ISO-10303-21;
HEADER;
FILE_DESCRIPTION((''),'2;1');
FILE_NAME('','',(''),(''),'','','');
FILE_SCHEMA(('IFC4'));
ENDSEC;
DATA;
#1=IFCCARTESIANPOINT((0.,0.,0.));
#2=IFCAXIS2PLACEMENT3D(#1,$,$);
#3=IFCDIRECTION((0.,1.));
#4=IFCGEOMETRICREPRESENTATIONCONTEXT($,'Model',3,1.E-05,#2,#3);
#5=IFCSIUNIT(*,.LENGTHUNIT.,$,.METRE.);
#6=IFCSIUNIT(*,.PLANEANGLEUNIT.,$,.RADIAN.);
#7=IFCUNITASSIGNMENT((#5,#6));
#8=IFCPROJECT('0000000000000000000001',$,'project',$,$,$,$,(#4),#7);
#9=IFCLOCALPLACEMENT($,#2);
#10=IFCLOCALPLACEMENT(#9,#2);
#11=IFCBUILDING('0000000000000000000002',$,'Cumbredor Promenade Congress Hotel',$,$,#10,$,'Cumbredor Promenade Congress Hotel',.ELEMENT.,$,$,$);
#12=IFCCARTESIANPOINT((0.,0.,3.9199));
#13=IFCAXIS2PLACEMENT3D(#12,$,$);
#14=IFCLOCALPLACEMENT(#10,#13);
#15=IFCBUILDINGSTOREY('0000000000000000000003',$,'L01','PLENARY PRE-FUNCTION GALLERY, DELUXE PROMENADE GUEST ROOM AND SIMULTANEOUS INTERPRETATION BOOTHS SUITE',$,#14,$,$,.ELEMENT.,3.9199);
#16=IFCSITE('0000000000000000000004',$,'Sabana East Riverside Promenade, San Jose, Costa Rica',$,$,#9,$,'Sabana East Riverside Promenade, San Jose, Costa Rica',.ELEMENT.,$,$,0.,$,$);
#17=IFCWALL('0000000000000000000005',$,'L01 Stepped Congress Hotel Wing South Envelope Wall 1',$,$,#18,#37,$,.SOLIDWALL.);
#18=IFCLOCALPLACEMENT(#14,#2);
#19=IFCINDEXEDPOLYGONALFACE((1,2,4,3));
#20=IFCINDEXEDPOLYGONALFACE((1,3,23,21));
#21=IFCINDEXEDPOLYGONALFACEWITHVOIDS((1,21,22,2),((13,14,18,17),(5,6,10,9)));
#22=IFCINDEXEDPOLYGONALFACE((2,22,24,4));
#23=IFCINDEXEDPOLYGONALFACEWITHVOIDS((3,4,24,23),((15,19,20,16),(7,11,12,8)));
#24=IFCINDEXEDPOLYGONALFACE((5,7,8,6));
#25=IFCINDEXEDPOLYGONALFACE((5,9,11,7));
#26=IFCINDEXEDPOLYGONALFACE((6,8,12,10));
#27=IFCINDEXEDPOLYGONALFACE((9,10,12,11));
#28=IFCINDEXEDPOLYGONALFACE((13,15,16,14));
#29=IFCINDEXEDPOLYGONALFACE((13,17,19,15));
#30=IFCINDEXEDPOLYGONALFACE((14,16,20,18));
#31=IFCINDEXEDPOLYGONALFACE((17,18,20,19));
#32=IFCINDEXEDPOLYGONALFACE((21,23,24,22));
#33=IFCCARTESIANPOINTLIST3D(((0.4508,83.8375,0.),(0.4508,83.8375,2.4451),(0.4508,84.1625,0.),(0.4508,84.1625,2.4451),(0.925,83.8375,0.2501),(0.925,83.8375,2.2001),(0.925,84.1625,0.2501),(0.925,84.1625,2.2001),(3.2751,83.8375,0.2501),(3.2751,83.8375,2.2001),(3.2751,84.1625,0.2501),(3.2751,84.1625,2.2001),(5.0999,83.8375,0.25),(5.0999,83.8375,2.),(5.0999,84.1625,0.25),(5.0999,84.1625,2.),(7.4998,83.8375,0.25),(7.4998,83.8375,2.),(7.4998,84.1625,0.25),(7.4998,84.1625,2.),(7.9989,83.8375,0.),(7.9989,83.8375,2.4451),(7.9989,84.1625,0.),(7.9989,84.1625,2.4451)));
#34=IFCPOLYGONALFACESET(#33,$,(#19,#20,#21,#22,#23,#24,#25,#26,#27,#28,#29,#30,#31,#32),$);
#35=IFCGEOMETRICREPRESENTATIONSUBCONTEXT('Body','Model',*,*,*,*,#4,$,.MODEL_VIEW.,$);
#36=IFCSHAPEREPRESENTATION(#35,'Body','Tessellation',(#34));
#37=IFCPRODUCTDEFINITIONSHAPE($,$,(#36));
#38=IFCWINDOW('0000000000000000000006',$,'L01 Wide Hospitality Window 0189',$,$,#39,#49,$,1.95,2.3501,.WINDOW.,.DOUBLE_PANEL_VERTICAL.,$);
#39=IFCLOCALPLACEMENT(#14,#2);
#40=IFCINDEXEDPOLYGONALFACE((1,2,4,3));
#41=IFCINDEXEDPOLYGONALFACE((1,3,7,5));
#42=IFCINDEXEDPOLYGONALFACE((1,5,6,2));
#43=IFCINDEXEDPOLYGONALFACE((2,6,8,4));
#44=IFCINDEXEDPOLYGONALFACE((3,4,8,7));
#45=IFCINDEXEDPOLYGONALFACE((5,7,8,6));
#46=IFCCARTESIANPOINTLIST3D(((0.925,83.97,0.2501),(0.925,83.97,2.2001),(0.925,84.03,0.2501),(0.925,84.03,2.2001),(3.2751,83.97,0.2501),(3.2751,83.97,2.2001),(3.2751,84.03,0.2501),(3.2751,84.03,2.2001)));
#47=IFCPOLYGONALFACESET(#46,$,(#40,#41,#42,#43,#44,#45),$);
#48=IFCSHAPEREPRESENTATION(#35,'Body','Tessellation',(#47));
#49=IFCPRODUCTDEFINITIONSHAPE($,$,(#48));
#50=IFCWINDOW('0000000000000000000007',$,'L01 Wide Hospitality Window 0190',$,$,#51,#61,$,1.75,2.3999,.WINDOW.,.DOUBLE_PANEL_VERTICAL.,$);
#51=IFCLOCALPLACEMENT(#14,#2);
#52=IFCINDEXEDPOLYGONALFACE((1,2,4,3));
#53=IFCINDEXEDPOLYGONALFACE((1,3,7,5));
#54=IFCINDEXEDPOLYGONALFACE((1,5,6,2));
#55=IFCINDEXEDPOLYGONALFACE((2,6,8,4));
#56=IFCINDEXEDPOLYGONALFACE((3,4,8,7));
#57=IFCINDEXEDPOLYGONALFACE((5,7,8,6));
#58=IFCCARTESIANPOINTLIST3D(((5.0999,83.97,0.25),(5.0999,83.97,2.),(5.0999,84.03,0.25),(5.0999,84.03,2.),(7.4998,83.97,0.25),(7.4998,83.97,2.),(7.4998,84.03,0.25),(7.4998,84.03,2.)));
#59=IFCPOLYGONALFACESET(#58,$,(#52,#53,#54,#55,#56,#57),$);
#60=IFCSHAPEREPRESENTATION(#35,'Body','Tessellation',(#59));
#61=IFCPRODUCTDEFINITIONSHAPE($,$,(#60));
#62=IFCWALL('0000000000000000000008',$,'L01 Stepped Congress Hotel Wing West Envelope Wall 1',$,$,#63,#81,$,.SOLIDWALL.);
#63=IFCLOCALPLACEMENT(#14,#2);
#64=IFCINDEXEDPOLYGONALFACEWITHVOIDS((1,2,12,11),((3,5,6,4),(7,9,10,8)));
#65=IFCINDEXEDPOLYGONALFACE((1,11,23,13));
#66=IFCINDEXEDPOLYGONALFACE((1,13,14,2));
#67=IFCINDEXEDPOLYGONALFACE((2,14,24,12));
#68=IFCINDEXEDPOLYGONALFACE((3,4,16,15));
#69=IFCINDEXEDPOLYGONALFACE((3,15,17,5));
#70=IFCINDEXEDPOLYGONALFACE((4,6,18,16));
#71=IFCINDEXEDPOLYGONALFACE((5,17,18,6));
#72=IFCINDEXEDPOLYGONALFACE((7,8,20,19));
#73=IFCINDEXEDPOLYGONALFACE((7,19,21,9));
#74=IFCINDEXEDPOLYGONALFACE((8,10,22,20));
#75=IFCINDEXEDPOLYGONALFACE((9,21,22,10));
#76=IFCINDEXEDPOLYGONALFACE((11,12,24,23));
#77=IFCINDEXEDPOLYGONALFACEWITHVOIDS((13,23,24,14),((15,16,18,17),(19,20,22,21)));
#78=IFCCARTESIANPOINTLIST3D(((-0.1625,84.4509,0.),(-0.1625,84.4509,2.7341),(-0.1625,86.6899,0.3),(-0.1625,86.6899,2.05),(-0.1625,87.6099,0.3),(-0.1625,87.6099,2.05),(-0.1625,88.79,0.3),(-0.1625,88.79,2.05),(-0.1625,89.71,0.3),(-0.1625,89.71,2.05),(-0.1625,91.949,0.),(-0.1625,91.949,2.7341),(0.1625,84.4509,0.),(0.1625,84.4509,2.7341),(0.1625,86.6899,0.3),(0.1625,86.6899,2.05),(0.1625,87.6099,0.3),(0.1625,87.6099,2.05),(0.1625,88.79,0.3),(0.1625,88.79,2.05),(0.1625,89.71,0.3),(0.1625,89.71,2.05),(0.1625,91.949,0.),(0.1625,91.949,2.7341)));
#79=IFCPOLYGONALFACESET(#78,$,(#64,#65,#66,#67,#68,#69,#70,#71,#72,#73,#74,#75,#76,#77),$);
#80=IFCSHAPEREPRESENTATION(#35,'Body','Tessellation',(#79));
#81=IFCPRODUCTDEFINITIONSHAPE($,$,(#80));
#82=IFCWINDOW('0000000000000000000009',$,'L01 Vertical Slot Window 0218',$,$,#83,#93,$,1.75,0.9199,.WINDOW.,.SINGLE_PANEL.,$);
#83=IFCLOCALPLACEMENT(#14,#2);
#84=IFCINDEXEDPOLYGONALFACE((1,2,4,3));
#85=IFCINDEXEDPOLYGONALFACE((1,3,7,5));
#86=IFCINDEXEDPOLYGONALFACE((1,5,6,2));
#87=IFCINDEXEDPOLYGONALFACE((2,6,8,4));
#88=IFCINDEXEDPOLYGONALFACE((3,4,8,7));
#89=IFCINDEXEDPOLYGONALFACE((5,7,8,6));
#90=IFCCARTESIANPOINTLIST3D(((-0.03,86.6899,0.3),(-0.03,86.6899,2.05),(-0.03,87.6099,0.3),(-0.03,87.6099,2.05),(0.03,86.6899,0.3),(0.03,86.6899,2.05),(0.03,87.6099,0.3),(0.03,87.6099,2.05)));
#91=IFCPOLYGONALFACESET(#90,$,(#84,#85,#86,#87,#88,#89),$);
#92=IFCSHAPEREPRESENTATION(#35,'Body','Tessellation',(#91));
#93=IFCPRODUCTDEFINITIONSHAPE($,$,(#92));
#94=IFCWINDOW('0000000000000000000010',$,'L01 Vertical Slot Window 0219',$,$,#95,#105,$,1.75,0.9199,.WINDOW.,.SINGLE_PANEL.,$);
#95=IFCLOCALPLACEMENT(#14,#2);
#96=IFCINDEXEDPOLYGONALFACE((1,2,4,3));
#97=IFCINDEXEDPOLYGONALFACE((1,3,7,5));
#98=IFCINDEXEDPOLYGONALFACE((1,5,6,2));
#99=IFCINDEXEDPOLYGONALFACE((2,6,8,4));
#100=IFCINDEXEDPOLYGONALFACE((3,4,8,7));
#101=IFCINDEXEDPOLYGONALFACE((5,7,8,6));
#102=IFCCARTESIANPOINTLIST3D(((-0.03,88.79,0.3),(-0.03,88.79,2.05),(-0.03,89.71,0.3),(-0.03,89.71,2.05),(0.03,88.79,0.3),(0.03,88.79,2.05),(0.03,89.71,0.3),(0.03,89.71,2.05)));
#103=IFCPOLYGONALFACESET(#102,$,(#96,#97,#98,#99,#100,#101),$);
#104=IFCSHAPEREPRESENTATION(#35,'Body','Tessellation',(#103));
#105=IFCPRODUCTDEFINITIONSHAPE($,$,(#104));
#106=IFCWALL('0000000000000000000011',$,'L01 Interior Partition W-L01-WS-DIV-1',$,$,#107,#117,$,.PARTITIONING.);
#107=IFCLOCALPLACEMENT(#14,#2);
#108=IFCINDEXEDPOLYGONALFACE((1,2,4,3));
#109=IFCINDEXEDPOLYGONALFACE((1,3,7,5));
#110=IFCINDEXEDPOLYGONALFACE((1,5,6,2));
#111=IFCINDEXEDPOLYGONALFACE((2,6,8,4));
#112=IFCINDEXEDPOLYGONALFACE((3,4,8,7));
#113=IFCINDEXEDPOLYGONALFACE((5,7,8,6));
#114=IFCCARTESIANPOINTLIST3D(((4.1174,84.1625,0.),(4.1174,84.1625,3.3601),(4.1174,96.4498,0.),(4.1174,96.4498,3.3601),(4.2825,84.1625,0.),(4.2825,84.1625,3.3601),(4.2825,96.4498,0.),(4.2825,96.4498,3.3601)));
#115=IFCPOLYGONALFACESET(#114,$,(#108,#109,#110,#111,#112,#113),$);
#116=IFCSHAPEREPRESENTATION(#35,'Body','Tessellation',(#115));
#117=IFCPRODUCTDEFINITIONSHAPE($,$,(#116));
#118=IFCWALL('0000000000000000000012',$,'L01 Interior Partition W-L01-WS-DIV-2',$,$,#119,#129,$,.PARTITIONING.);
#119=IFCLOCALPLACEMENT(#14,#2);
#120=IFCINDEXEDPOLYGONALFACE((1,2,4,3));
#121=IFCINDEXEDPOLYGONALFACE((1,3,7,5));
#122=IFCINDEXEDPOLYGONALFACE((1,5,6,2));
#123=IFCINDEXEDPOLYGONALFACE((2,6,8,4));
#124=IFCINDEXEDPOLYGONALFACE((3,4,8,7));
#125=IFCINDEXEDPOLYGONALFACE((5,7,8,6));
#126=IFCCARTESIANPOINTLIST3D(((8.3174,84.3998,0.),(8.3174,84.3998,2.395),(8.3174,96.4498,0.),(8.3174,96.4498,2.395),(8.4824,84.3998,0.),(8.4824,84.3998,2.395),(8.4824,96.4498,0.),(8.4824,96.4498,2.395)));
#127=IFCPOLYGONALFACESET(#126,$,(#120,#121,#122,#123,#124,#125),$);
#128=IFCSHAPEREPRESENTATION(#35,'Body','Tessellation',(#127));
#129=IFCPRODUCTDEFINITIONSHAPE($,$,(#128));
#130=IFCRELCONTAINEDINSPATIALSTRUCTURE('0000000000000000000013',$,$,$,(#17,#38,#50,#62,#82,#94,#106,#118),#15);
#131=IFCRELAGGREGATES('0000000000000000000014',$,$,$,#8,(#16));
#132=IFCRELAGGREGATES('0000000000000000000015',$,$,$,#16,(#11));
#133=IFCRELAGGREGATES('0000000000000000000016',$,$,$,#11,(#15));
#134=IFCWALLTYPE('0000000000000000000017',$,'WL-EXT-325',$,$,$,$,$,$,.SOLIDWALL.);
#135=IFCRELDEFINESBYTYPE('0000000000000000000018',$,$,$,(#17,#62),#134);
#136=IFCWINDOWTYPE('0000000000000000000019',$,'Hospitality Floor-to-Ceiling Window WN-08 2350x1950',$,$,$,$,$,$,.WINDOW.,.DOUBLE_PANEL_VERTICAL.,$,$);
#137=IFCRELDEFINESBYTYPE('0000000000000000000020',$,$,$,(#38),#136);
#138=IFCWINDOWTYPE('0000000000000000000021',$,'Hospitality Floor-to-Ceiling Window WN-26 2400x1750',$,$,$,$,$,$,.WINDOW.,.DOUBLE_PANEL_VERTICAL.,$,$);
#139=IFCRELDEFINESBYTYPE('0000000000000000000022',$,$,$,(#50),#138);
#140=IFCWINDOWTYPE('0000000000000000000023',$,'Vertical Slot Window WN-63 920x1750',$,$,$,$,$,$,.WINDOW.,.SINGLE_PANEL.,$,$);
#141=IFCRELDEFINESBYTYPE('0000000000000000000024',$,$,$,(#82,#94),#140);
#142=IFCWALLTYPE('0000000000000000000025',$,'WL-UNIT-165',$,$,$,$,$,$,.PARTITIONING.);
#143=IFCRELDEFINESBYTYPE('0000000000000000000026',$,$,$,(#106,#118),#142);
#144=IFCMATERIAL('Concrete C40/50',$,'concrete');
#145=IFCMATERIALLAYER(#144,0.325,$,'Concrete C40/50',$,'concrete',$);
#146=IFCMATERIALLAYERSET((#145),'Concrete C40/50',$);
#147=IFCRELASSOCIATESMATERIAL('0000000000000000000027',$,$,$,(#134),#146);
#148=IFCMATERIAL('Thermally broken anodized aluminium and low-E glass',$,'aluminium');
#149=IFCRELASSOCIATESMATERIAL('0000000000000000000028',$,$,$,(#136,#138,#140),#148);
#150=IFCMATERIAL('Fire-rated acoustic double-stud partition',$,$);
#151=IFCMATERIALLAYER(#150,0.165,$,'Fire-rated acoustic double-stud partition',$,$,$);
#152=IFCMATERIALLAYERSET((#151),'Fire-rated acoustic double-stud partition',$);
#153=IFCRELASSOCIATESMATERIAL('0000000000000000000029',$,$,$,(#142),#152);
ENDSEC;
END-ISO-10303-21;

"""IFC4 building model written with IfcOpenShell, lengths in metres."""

from ifc_helpers import new_model, si_unit, direction, frame, frame_2d, origin, place, context, subcontext, project, spatial, rectangle, extrude, material, layer, layer_set, type_object, element, fill, save


model = new_model("IFC4")

# Units and contexts
model_context = context("Model", 3, precision=1e-05, world=origin(), true_north=direction((0.0, 1.0)))
body_context = subcontext(model_context, "Body", "Model", "MODEL_VIEW")
ifc_project = project(units=[si_unit("LENGTHUNIT", "METRE"), si_unit("PLANEANGLEUNIT", "RADIAN")], contexts=[model_context])

# Site, building, storey
site_placement = place(None, origin())
site = spatial("IfcSite", under=ifc_project, at=site_placement, Name="Sabana East Riverside Promenade, San Jose, Costa Rica", LongName="Sabana East Riverside Promenade, San Jose, Costa Rica", CompositionType="ELEMENT", RefElevation=0.0)
building_placement = place(site_placement, origin())
building = spatial("IfcBuilding", under=site, at=building_placement, Name="Cumbredor Promenade Congress Hotel", LongName="Cumbredor Promenade Congress Hotel", CompositionType="ELEMENT")
storey_placement = place(building_placement, frame((0.0, 0.0, 3.9199)))
storey = spatial("IfcBuildingStorey", under=building, at=storey_placement, Name="L01", Description="PLENARY PRE-FUNCTION GALLERY, DELUXE PROMENADE GUEST ROOM AND SIMULTANEOUS INTERPRETATION BOOTHS SUITE", CompositionType="ELEMENT", Elevation=3.9199)

# Shared definitions
ifc_material_1 = material(Name="Concrete C40/50", Category="concrete")

# Shared definitions
ifc_material_2 = material(Name="Thermally broken anodized aluminium and low-E glass", Category="aluminium")

# Walls, openings, windows
ifc_layer_1 = layer(ifc_material_1, 0.325, Name="Concrete C40/50", Category="concrete")
ifc_layer_set_1 = layer_set([ifc_layer_1], Name="Concrete C40/50")
wall_type_1 = type_object("IfcWallType", Name="WL-EXT-325", PredefinedType="SOLIDWALL", material=ifc_layer_set_1)
wall_1_placement = place(storey_placement, frame((0.4509, 84.0, 0.0), z_axis=(0.0, 0.0, 1.0), x_axis=(1.0, 0.0, 0.0)))
wall_1 = element("IfcWall", 1, at=wall_1_placement, inside=storey, type_object=wall_type_1, Name="L01 Stepped Congress Hotel Wing South Envelope Wall 1", PredefinedType="SOLIDWALL", context=body_context, shape_type="SweptSolid", body=[
    extrude(rectangle(XDim=7.5481, YDim=0.325, at=frame_2d((3.7739, 0.0))), origin(), (0.0, 0.0, 1.0), 2.4451),
])
opening_1_placement = place(wall_1_placement, frame((0.4741, 0.0, 0.25)))
opening_1 = element("IfcOpeningElement", 2, at=opening_1_placement, cuts=wall_1, PredefinedType="OPENING", context=body_context, shape_type="SweptSolid", body=[
    extrude(rectangle(XDim=2.3501, YDim=1.95, at=frame_2d((1.175, 0.9751))), frame((0.0, 0.1724, 0.0), z_axis=(0.0, -1.0, 0.0), x_axis=(1.0, 0.0, 0.0)), (0.0, 0.0, 1.0), 0.345),
])
opening_2_placement = place(wall_1_placement, frame((4.6489, 0.0, 0.25)))
opening_2 = element("IfcOpeningElement", 3, at=opening_2_placement, cuts=wall_1, PredefinedType="OPENING", context=body_context, shape_type="SweptSolid", body=[
    extrude(rectangle(XDim=2.3999, YDim=1.75, at=frame_2d((1.2, 0.875))), frame((0.0, 0.1724, 0.0), z_axis=(0.0, -1.0, 0.0), x_axis=(1.0, 0.0, 0.0)), (0.0, 0.0, 1.0), 0.345),
])
window_type_1 = type_object("IfcWindowType", Name="Hospitality Floor-to-Ceiling Window WN-08 2350x1950", PartitioningType="DOUBLE_PANEL_VERTICAL", PredefinedType="WINDOW", material=ifc_material_2)
window_1_placement = place(opening_1_placement, origin())
window_1 = element("IfcWindow", 4, at=window_1_placement, inside=storey, type_object=window_type_1, Name="L01 Wide Hospitality Window 0189", OverallHeight=1.95, OverallWidth=2.3501, PartitioningType="DOUBLE_PANEL_VERTICAL", PredefinedType="WINDOW", context=body_context, shape_type="SweptSolid", body=[
    extrude(rectangle(XDim=2.3501, YDim=1.95, at=frame_2d((1.175, 0.9751))), frame((0.0, 0.03, 0.0), z_axis=(0.0, -1.0, 0.0), x_axis=(1.0, 0.0, 0.0)), (0.0, 0.0, 1.0), 0.0601),
])
fill(opening_1, window_1)
window_type_2 = type_object("IfcWindowType", Name="Hospitality Floor-to-Ceiling Window WN-26 2400x1750", PartitioningType="DOUBLE_PANEL_VERTICAL", PredefinedType="WINDOW", material=ifc_material_2)
window_2_placement = place(opening_2_placement, origin())
window_2 = element("IfcWindow", 5, at=window_2_placement, inside=storey, type_object=window_type_2, Name="L01 Wide Hospitality Window 0190", OverallHeight=1.75, OverallWidth=2.3999, PartitioningType="DOUBLE_PANEL_VERTICAL", PredefinedType="WINDOW", context=body_context, shape_type="SweptSolid", body=[
    extrude(rectangle(XDim=2.3999, YDim=1.75, at=frame_2d((1.2, 0.875))), frame((0.0, 0.03, 0.0), z_axis=(0.0, -1.0, 0.0), x_axis=(1.0, 0.0, 0.0)), (0.0, 0.0, 1.0), 0.0601),
])
fill(opening_2, window_2)
wall_2_placement = place(storey_placement, frame((0.0, 84.4509, 0.0), z_axis=(0.0, 0.0, 1.0), x_axis=(0.0, 1.0, 0.0)))
wall_2 = element("IfcWall", 6, at=wall_2_placement, inside=storey, type_object=wall_type_1, Name="L01 Stepped Congress Hotel Wing West Envelope Wall 1", PredefinedType="SOLIDWALL", context=body_context, shape_type="SweptSolid", body=[
    extrude(rectangle(XDim=7.498, YDim=0.325, at=frame_2d((3.749, 0.0))), origin(), (0.0, 0.0, 1.0), 2.7341),
])
opening_3_placement = place(wall_2_placement, frame((2.239, 0.0, 0.3)))
opening_3 = element("IfcOpeningElement", 7, at=opening_3_placement, cuts=wall_2, PredefinedType="OPENING", context=body_context, shape_type="SweptSolid", body=[
    extrude(rectangle(XDim=0.9199, YDim=1.75, at=frame_2d((0.46, 0.875))), frame((0.0, 0.1724, 0.0), z_axis=(0.0, -1.0, 0.0), x_axis=(1.0, 0.0, 0.0)), (0.0, 0.0, 1.0), 0.345),
])
opening_4_placement = place(wall_2_placement, frame((4.3391, 0.0, 0.3)))
opening_4 = element("IfcOpeningElement", 8, at=opening_4_placement, cuts=wall_2, PredefinedType="OPENING", context=body_context, shape_type="SweptSolid", body=[
    extrude(rectangle(XDim=0.9199, YDim=1.75, at=frame_2d((0.46, 0.875))), frame((0.0, 0.1724, 0.0), z_axis=(0.0, -1.0, 0.0), x_axis=(1.0, 0.0, 0.0)), (0.0, 0.0, 1.0), 0.345),
])
window_type_3 = type_object("IfcWindowType", Name="Vertical Slot Window WN-63 920x1750", PartitioningType="SINGLE_PANEL", PredefinedType="WINDOW", material=ifc_material_2)
window_3_placement = place(opening_3_placement, origin())
window_3 = element("IfcWindow", 9, at=window_3_placement, inside=storey, type_object=window_type_3, Name="L01 Vertical Slot Window 0218", OverallHeight=1.75, OverallWidth=0.9199, PartitioningType="SINGLE_PANEL", PredefinedType="WINDOW", context=body_context, shape_type="SweptSolid", body=[
    extrude(rectangle(XDim=0.9199, YDim=1.75, at=frame_2d((0.46, 0.875))), frame((0.0, 0.03, 0.0), z_axis=(0.0, -1.0, 0.0), x_axis=(1.0, 0.0, 0.0)), (0.0, 0.0, 1.0), 0.0601),
])
fill(opening_3, window_3)
window_4_placement = place(opening_4_placement, origin())
window_4 = element("IfcWindow", 10, at=window_4_placement, inside=storey, type_object=window_type_3, Name="L01 Vertical Slot Window 0219", OverallHeight=1.75, OverallWidth=0.9199, PartitioningType="SINGLE_PANEL", PredefinedType="WINDOW", context=body_context, shape_type="SweptSolid", body=[
    extrude(rectangle(XDim=0.9199, YDim=1.75, at=frame_2d((0.46, 0.875))), frame((0.0, 0.03, 0.0), z_axis=(0.0, -1.0, 0.0), x_axis=(1.0, 0.0, 0.0)), (0.0, 0.0, 1.0), 0.0601),
])
fill(opening_4, window_4)

# Walls
ifc_material_3 = material(Name="Fire-rated acoustic double-stud partition")
ifc_layer_2 = layer(ifc_material_3, 0.165, Name="Fire-rated acoustic double-stud partition")
ifc_layer_set_2 = layer_set([ifc_layer_2], Name="Fire-rated acoustic double-stud partition")
wall_type_2 = type_object("IfcWallType", Name="WL-UNIT-165", PredefinedType="PARTITIONING", material=ifc_layer_set_2)
wall_3_placement = place(storey_placement, frame((4.2, 84.1626, 0.0), z_axis=(0.0, 0.0, 1.0), x_axis=(0.0, 1.0, 0.0)))
element("IfcWall", 11, at=wall_3_placement, inside=storey, type_object=wall_type_2, Name="L01 Interior Partition W-L01-WS-DIV-1", PredefinedType="PARTITIONING", context=body_context, shape_type="SweptSolid", body=[
    extrude(rectangle(XDim=12.2874, YDim=0.165, at=frame_2d((6.1436, 0.0))), origin(), (0.0, 0.0, 1.0), 3.3601),
])
wall_4_placement = place(storey_placement, frame((8.3999, 84.3999, 0.0), z_axis=(0.0, 0.0, 1.0), x_axis=(0.0, 1.0, 0.0)))
element("IfcWall", 12, at=wall_4_placement, inside=storey, type_object=wall_type_2, Name="L01 Interior Partition W-L01-WS-DIV-2", PredefinedType="PARTITIONING", context=body_context, shape_type="SweptSolid", body=[
    extrude(rectangle(XDim=12.05, YDim=0.165, at=frame_2d((6.0249, 0.0))), origin(), (0.0, 0.0, 1.0), 2.395),
])

save(model, "model.ifc")
